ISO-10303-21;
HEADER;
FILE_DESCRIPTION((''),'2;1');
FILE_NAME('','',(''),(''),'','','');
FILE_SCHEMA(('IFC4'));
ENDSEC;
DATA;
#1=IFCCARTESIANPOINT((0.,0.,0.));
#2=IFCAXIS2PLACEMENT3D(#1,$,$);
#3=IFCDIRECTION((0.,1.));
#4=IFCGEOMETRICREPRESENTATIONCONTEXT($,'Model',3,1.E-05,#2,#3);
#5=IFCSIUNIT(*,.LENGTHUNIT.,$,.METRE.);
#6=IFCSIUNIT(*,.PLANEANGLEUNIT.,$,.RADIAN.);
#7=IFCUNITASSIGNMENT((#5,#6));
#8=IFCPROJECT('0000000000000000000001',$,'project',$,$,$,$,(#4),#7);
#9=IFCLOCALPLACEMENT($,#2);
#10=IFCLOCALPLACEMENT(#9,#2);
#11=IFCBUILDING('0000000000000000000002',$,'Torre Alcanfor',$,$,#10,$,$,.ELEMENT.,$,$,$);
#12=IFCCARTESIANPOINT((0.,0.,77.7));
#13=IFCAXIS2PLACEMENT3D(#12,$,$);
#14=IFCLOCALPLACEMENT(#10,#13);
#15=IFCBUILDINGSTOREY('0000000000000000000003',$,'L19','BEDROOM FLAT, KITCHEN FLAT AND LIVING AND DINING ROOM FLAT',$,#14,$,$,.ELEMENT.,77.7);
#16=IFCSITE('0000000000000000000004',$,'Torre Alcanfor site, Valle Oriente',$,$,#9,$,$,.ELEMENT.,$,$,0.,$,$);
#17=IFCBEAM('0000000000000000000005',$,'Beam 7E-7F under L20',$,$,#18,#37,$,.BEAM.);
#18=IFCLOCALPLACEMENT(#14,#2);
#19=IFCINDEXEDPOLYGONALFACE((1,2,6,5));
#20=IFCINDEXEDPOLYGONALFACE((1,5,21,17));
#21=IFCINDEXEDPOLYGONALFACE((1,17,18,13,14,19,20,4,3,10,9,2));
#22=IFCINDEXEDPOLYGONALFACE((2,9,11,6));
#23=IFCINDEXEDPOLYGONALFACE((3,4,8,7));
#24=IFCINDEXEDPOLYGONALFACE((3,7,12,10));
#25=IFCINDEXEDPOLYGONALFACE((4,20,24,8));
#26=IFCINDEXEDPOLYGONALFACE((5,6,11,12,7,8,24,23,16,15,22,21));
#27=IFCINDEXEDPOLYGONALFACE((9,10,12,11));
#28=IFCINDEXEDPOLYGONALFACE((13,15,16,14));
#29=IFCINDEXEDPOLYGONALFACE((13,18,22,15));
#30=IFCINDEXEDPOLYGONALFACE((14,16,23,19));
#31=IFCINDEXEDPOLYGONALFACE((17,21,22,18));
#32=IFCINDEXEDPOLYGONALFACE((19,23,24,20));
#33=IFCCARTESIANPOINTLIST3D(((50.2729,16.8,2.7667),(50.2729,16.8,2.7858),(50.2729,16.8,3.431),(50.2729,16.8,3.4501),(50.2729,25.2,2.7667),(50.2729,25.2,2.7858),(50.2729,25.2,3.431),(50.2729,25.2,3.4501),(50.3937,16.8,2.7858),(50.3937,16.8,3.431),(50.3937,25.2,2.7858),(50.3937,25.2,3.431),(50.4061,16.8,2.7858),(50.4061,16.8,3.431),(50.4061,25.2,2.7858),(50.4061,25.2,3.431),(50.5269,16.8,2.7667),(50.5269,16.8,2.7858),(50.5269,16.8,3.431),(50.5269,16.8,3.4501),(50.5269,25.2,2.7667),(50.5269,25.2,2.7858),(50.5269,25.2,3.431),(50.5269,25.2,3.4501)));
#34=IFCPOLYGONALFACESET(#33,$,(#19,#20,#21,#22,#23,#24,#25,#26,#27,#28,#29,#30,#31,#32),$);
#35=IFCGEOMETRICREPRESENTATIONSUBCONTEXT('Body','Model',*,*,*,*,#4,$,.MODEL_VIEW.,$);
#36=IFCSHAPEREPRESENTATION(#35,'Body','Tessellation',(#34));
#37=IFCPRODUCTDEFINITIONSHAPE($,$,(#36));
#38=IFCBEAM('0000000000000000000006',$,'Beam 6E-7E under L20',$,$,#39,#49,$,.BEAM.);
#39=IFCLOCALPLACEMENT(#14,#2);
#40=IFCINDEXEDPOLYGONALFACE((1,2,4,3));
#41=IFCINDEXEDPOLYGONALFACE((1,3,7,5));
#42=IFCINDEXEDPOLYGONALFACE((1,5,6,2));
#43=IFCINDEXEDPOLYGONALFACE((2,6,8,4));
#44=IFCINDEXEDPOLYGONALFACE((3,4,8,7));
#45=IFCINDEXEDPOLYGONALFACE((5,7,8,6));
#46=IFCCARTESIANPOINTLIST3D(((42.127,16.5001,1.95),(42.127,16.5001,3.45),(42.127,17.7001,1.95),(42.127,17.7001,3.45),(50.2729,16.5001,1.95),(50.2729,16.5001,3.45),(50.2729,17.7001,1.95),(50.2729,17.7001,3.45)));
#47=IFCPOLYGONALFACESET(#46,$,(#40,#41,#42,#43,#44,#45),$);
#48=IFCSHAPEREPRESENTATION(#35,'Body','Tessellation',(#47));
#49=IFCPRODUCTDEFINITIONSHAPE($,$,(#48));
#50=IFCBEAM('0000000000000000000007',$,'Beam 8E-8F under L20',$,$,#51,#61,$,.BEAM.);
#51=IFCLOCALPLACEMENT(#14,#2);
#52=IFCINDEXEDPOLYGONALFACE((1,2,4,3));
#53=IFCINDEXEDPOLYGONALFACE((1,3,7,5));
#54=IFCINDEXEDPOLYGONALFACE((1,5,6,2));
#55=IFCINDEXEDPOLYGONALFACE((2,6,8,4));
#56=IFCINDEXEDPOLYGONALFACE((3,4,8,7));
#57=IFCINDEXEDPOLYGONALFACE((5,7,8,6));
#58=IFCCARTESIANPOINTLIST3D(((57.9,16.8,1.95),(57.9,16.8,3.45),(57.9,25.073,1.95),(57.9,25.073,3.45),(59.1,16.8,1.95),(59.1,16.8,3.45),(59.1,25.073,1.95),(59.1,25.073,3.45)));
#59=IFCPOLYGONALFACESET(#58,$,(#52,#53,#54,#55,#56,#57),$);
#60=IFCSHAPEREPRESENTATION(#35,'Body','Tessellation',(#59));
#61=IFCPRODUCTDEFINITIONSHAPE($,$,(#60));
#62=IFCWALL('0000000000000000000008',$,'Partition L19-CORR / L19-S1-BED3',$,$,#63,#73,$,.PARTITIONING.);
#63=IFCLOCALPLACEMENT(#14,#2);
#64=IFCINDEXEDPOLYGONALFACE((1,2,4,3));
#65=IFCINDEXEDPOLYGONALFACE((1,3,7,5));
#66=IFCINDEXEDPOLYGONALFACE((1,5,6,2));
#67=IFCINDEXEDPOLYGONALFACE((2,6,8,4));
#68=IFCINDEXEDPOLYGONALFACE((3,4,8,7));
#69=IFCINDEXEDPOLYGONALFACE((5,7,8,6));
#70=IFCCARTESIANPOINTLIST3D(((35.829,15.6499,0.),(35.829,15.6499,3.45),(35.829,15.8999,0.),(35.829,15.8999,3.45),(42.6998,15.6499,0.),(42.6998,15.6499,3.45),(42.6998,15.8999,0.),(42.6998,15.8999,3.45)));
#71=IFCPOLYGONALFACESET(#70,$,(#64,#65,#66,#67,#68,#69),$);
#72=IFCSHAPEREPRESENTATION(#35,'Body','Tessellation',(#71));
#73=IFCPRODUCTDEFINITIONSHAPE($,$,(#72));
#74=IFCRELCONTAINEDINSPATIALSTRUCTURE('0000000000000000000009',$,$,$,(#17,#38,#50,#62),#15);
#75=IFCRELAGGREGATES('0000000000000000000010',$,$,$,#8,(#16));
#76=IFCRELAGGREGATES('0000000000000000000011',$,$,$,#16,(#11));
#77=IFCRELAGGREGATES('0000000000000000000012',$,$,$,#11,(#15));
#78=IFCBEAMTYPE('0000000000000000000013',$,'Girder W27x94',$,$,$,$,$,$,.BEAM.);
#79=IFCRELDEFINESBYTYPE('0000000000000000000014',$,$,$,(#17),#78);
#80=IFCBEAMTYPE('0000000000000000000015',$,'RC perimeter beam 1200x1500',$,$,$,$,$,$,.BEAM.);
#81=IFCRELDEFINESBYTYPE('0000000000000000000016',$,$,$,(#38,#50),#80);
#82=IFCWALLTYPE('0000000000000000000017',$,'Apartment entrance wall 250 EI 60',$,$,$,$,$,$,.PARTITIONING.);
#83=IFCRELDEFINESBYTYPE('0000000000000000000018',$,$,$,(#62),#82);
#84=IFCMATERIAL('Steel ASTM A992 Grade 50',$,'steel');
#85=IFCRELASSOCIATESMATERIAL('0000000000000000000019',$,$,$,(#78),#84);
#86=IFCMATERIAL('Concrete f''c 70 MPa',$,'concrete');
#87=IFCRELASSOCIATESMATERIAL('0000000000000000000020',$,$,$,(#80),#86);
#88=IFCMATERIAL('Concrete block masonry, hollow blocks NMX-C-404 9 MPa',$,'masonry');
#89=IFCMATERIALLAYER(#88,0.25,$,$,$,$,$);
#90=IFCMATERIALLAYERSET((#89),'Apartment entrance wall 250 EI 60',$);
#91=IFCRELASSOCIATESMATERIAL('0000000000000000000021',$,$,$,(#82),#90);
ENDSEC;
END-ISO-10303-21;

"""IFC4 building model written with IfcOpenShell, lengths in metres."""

from ifc_helpers import new_model, si_unit, direction, frame, frame_2d, origin, origin_2d, place, context, subcontext, project, spatial, rectangle, i_section, extrude, material, layer, layer_set, material_profile, profile_set, type_object, element, save


model = new_model("IFC4")

# Units and contexts
model_context = context("Model", 3, precision=1e-05, world=origin(), true_north=direction((0.0, 1.0)))
body_context = subcontext(model_context, "Body", "Model", "MODEL_VIEW")
ifc_project = project(units=[si_unit("LENGTHUNIT", "METRE"), si_unit("PLANEANGLEUNIT", "RADIAN")], contexts=[model_context])

# Site, building, storey
site_placement = place(None, origin())
site = spatial("IfcSite", under=ifc_project, at=site_placement, Name="Torre Alcanfor site, Valle Oriente", CompositionType="ELEMENT", RefElevation=0.0)
building_placement = place(site_placement, origin())
building = spatial("IfcBuilding", under=site, at=building_placement, Name="Torre Alcanfor", CompositionType="ELEMENT")
storey_placement = place(building_placement, frame((0.0, 0.0, 77.7)))
storey = spatial("IfcBuildingStorey", under=building, at=storey_placement, Name="L19", Description="BEDROOM FLAT, KITCHEN FLAT AND LIVING AND DINING ROOM FLAT", CompositionType="ELEMENT", Elevation=77.7)

# Beams
ifc_material_1 = material(Name="Steel ASTM A992 Grade 50", Category="steel")
ifc_material_profile_1 = material_profile(ifc_material_1, i_section(OverallWidth=0.2539, OverallDepth=0.6833, WebThickness=0.0125, FlangeThickness=0.019, at=origin_2d()), Name="W27x94")
ifc_profile_set_1 = profile_set([ifc_material_profile_1], Name="Steel ASTM A992 Grade 50")
beam_type_1 = type_object("IfcBeamType", Name="Girder W27x94", PredefinedType="BEAM", material=ifc_profile_set_1)
for number, where, z_axis, x_axis, name in (
    (1, (50.3999, 16.8, 3.1084), (0.0, 1.0, 0.0), (-1.0, 0.0, 0.0), "Beam 7E-7F under L20"),
):
    element("IfcBeam", number, at=place(storey_placement, frame(where, z_axis=z_axis, x_axis=x_axis)), inside=storey, type_object=beam_type_1, Name=name, PredefinedType="BEAM", context=body_context, shape_type="SweptSolid", body=[
        extrude(i_section(OverallWidth=0.2539, OverallDepth=0.6833, WebThickness=0.0125, FlangeThickness=0.019, at=origin_2d()), origin(), (0.0, 0.0, 1.0), 8.3999),
    ])
ifc_material_2 = material(Name="Concrete f'c 70 MPa", Category="concrete")
ifc_material_profile_2 = material_profile(ifc_material_2, rectangle(XDim=1.2, YDim=1.5, at=origin_2d()), Name="1200x1500")
ifc_profile_set_2 = profile_set([ifc_material_profile_2], Name="Concrete f'c 70 MPa")
beam_type_2 = type_object("IfcBeamType", Name="RC perimeter beam 1200x1500", PredefinedType="BEAM", material=ifc_profile_set_2)
beam_1_placement = place(storey_placement, frame((42.127, 17.1001, 2.7), z_axis=(1.0, 0.0, 0.0), x_axis=(0.0, 1.0, 0.0)))
element("IfcBeam", 2, at=beam_1_placement, inside=storey, type_object=beam_type_2, Name="Beam 6E-7E under L20", PredefinedType="BEAM", context=body_context, shape_type="SweptSolid", body=[
    extrude(rectangle(XDim=1.2, YDim=1.5, at=origin_2d()), origin(), (0.0, 0.0, 1.0), 8.146),
])
beam_2_placement = place(storey_placement, frame((58.5, 16.8, 2.7), z_axis=(0.0, 1.0, 0.0), x_axis=(-1.0, 0.0, 0.0)))
element("IfcBeam", 3, at=beam_2_placement, inside=storey, type_object=beam_type_2, Name="Beam 8E-8F under L20", PredefinedType="BEAM", context=body_context, shape_type="SweptSolid", body=[
    extrude(rectangle(XDim=1.2, YDim=1.5, at=origin_2d()), origin(), (0.0, 0.0, 1.0), 8.2729),
])

# Wall
ifc_material_3 = material(Name="Concrete block masonry, hollow blocks NMX-C-404 9 MPa", Category="masonry")
ifc_layer_1 = layer(ifc_material_3, 0.25)
ifc_layer_set_1 = layer_set([ifc_layer_1], Name="Apartment entrance wall 250 EI 60")
wall_type_1 = type_object("IfcWallType", Name="Apartment entrance wall 250 EI 60", PredefinedType="PARTITIONING", material=ifc_layer_set_1)
wall_1_placement = place(storey_placement, frame((42.7, 15.7749, 0.0), z_axis=(0.0, 0.0, 1.0), x_axis=(-1.0, 0.0, 0.0)))
element("IfcWall", 4, at=wall_1_placement, inside=storey, type_object=wall_type_1, Name="Partition L19-CORR / L19-S1-BED3", PredefinedType="PARTITIONING", context=body_context, shape_type="SweptSolid", body=[
    extrude(rectangle(XDim=6.8708, YDim=0.25, at=frame_2d((3.4355, 0.0))), origin(), (0.0, 0.0, 1.0), 3.45),
])

save(model, "model.ifc")
